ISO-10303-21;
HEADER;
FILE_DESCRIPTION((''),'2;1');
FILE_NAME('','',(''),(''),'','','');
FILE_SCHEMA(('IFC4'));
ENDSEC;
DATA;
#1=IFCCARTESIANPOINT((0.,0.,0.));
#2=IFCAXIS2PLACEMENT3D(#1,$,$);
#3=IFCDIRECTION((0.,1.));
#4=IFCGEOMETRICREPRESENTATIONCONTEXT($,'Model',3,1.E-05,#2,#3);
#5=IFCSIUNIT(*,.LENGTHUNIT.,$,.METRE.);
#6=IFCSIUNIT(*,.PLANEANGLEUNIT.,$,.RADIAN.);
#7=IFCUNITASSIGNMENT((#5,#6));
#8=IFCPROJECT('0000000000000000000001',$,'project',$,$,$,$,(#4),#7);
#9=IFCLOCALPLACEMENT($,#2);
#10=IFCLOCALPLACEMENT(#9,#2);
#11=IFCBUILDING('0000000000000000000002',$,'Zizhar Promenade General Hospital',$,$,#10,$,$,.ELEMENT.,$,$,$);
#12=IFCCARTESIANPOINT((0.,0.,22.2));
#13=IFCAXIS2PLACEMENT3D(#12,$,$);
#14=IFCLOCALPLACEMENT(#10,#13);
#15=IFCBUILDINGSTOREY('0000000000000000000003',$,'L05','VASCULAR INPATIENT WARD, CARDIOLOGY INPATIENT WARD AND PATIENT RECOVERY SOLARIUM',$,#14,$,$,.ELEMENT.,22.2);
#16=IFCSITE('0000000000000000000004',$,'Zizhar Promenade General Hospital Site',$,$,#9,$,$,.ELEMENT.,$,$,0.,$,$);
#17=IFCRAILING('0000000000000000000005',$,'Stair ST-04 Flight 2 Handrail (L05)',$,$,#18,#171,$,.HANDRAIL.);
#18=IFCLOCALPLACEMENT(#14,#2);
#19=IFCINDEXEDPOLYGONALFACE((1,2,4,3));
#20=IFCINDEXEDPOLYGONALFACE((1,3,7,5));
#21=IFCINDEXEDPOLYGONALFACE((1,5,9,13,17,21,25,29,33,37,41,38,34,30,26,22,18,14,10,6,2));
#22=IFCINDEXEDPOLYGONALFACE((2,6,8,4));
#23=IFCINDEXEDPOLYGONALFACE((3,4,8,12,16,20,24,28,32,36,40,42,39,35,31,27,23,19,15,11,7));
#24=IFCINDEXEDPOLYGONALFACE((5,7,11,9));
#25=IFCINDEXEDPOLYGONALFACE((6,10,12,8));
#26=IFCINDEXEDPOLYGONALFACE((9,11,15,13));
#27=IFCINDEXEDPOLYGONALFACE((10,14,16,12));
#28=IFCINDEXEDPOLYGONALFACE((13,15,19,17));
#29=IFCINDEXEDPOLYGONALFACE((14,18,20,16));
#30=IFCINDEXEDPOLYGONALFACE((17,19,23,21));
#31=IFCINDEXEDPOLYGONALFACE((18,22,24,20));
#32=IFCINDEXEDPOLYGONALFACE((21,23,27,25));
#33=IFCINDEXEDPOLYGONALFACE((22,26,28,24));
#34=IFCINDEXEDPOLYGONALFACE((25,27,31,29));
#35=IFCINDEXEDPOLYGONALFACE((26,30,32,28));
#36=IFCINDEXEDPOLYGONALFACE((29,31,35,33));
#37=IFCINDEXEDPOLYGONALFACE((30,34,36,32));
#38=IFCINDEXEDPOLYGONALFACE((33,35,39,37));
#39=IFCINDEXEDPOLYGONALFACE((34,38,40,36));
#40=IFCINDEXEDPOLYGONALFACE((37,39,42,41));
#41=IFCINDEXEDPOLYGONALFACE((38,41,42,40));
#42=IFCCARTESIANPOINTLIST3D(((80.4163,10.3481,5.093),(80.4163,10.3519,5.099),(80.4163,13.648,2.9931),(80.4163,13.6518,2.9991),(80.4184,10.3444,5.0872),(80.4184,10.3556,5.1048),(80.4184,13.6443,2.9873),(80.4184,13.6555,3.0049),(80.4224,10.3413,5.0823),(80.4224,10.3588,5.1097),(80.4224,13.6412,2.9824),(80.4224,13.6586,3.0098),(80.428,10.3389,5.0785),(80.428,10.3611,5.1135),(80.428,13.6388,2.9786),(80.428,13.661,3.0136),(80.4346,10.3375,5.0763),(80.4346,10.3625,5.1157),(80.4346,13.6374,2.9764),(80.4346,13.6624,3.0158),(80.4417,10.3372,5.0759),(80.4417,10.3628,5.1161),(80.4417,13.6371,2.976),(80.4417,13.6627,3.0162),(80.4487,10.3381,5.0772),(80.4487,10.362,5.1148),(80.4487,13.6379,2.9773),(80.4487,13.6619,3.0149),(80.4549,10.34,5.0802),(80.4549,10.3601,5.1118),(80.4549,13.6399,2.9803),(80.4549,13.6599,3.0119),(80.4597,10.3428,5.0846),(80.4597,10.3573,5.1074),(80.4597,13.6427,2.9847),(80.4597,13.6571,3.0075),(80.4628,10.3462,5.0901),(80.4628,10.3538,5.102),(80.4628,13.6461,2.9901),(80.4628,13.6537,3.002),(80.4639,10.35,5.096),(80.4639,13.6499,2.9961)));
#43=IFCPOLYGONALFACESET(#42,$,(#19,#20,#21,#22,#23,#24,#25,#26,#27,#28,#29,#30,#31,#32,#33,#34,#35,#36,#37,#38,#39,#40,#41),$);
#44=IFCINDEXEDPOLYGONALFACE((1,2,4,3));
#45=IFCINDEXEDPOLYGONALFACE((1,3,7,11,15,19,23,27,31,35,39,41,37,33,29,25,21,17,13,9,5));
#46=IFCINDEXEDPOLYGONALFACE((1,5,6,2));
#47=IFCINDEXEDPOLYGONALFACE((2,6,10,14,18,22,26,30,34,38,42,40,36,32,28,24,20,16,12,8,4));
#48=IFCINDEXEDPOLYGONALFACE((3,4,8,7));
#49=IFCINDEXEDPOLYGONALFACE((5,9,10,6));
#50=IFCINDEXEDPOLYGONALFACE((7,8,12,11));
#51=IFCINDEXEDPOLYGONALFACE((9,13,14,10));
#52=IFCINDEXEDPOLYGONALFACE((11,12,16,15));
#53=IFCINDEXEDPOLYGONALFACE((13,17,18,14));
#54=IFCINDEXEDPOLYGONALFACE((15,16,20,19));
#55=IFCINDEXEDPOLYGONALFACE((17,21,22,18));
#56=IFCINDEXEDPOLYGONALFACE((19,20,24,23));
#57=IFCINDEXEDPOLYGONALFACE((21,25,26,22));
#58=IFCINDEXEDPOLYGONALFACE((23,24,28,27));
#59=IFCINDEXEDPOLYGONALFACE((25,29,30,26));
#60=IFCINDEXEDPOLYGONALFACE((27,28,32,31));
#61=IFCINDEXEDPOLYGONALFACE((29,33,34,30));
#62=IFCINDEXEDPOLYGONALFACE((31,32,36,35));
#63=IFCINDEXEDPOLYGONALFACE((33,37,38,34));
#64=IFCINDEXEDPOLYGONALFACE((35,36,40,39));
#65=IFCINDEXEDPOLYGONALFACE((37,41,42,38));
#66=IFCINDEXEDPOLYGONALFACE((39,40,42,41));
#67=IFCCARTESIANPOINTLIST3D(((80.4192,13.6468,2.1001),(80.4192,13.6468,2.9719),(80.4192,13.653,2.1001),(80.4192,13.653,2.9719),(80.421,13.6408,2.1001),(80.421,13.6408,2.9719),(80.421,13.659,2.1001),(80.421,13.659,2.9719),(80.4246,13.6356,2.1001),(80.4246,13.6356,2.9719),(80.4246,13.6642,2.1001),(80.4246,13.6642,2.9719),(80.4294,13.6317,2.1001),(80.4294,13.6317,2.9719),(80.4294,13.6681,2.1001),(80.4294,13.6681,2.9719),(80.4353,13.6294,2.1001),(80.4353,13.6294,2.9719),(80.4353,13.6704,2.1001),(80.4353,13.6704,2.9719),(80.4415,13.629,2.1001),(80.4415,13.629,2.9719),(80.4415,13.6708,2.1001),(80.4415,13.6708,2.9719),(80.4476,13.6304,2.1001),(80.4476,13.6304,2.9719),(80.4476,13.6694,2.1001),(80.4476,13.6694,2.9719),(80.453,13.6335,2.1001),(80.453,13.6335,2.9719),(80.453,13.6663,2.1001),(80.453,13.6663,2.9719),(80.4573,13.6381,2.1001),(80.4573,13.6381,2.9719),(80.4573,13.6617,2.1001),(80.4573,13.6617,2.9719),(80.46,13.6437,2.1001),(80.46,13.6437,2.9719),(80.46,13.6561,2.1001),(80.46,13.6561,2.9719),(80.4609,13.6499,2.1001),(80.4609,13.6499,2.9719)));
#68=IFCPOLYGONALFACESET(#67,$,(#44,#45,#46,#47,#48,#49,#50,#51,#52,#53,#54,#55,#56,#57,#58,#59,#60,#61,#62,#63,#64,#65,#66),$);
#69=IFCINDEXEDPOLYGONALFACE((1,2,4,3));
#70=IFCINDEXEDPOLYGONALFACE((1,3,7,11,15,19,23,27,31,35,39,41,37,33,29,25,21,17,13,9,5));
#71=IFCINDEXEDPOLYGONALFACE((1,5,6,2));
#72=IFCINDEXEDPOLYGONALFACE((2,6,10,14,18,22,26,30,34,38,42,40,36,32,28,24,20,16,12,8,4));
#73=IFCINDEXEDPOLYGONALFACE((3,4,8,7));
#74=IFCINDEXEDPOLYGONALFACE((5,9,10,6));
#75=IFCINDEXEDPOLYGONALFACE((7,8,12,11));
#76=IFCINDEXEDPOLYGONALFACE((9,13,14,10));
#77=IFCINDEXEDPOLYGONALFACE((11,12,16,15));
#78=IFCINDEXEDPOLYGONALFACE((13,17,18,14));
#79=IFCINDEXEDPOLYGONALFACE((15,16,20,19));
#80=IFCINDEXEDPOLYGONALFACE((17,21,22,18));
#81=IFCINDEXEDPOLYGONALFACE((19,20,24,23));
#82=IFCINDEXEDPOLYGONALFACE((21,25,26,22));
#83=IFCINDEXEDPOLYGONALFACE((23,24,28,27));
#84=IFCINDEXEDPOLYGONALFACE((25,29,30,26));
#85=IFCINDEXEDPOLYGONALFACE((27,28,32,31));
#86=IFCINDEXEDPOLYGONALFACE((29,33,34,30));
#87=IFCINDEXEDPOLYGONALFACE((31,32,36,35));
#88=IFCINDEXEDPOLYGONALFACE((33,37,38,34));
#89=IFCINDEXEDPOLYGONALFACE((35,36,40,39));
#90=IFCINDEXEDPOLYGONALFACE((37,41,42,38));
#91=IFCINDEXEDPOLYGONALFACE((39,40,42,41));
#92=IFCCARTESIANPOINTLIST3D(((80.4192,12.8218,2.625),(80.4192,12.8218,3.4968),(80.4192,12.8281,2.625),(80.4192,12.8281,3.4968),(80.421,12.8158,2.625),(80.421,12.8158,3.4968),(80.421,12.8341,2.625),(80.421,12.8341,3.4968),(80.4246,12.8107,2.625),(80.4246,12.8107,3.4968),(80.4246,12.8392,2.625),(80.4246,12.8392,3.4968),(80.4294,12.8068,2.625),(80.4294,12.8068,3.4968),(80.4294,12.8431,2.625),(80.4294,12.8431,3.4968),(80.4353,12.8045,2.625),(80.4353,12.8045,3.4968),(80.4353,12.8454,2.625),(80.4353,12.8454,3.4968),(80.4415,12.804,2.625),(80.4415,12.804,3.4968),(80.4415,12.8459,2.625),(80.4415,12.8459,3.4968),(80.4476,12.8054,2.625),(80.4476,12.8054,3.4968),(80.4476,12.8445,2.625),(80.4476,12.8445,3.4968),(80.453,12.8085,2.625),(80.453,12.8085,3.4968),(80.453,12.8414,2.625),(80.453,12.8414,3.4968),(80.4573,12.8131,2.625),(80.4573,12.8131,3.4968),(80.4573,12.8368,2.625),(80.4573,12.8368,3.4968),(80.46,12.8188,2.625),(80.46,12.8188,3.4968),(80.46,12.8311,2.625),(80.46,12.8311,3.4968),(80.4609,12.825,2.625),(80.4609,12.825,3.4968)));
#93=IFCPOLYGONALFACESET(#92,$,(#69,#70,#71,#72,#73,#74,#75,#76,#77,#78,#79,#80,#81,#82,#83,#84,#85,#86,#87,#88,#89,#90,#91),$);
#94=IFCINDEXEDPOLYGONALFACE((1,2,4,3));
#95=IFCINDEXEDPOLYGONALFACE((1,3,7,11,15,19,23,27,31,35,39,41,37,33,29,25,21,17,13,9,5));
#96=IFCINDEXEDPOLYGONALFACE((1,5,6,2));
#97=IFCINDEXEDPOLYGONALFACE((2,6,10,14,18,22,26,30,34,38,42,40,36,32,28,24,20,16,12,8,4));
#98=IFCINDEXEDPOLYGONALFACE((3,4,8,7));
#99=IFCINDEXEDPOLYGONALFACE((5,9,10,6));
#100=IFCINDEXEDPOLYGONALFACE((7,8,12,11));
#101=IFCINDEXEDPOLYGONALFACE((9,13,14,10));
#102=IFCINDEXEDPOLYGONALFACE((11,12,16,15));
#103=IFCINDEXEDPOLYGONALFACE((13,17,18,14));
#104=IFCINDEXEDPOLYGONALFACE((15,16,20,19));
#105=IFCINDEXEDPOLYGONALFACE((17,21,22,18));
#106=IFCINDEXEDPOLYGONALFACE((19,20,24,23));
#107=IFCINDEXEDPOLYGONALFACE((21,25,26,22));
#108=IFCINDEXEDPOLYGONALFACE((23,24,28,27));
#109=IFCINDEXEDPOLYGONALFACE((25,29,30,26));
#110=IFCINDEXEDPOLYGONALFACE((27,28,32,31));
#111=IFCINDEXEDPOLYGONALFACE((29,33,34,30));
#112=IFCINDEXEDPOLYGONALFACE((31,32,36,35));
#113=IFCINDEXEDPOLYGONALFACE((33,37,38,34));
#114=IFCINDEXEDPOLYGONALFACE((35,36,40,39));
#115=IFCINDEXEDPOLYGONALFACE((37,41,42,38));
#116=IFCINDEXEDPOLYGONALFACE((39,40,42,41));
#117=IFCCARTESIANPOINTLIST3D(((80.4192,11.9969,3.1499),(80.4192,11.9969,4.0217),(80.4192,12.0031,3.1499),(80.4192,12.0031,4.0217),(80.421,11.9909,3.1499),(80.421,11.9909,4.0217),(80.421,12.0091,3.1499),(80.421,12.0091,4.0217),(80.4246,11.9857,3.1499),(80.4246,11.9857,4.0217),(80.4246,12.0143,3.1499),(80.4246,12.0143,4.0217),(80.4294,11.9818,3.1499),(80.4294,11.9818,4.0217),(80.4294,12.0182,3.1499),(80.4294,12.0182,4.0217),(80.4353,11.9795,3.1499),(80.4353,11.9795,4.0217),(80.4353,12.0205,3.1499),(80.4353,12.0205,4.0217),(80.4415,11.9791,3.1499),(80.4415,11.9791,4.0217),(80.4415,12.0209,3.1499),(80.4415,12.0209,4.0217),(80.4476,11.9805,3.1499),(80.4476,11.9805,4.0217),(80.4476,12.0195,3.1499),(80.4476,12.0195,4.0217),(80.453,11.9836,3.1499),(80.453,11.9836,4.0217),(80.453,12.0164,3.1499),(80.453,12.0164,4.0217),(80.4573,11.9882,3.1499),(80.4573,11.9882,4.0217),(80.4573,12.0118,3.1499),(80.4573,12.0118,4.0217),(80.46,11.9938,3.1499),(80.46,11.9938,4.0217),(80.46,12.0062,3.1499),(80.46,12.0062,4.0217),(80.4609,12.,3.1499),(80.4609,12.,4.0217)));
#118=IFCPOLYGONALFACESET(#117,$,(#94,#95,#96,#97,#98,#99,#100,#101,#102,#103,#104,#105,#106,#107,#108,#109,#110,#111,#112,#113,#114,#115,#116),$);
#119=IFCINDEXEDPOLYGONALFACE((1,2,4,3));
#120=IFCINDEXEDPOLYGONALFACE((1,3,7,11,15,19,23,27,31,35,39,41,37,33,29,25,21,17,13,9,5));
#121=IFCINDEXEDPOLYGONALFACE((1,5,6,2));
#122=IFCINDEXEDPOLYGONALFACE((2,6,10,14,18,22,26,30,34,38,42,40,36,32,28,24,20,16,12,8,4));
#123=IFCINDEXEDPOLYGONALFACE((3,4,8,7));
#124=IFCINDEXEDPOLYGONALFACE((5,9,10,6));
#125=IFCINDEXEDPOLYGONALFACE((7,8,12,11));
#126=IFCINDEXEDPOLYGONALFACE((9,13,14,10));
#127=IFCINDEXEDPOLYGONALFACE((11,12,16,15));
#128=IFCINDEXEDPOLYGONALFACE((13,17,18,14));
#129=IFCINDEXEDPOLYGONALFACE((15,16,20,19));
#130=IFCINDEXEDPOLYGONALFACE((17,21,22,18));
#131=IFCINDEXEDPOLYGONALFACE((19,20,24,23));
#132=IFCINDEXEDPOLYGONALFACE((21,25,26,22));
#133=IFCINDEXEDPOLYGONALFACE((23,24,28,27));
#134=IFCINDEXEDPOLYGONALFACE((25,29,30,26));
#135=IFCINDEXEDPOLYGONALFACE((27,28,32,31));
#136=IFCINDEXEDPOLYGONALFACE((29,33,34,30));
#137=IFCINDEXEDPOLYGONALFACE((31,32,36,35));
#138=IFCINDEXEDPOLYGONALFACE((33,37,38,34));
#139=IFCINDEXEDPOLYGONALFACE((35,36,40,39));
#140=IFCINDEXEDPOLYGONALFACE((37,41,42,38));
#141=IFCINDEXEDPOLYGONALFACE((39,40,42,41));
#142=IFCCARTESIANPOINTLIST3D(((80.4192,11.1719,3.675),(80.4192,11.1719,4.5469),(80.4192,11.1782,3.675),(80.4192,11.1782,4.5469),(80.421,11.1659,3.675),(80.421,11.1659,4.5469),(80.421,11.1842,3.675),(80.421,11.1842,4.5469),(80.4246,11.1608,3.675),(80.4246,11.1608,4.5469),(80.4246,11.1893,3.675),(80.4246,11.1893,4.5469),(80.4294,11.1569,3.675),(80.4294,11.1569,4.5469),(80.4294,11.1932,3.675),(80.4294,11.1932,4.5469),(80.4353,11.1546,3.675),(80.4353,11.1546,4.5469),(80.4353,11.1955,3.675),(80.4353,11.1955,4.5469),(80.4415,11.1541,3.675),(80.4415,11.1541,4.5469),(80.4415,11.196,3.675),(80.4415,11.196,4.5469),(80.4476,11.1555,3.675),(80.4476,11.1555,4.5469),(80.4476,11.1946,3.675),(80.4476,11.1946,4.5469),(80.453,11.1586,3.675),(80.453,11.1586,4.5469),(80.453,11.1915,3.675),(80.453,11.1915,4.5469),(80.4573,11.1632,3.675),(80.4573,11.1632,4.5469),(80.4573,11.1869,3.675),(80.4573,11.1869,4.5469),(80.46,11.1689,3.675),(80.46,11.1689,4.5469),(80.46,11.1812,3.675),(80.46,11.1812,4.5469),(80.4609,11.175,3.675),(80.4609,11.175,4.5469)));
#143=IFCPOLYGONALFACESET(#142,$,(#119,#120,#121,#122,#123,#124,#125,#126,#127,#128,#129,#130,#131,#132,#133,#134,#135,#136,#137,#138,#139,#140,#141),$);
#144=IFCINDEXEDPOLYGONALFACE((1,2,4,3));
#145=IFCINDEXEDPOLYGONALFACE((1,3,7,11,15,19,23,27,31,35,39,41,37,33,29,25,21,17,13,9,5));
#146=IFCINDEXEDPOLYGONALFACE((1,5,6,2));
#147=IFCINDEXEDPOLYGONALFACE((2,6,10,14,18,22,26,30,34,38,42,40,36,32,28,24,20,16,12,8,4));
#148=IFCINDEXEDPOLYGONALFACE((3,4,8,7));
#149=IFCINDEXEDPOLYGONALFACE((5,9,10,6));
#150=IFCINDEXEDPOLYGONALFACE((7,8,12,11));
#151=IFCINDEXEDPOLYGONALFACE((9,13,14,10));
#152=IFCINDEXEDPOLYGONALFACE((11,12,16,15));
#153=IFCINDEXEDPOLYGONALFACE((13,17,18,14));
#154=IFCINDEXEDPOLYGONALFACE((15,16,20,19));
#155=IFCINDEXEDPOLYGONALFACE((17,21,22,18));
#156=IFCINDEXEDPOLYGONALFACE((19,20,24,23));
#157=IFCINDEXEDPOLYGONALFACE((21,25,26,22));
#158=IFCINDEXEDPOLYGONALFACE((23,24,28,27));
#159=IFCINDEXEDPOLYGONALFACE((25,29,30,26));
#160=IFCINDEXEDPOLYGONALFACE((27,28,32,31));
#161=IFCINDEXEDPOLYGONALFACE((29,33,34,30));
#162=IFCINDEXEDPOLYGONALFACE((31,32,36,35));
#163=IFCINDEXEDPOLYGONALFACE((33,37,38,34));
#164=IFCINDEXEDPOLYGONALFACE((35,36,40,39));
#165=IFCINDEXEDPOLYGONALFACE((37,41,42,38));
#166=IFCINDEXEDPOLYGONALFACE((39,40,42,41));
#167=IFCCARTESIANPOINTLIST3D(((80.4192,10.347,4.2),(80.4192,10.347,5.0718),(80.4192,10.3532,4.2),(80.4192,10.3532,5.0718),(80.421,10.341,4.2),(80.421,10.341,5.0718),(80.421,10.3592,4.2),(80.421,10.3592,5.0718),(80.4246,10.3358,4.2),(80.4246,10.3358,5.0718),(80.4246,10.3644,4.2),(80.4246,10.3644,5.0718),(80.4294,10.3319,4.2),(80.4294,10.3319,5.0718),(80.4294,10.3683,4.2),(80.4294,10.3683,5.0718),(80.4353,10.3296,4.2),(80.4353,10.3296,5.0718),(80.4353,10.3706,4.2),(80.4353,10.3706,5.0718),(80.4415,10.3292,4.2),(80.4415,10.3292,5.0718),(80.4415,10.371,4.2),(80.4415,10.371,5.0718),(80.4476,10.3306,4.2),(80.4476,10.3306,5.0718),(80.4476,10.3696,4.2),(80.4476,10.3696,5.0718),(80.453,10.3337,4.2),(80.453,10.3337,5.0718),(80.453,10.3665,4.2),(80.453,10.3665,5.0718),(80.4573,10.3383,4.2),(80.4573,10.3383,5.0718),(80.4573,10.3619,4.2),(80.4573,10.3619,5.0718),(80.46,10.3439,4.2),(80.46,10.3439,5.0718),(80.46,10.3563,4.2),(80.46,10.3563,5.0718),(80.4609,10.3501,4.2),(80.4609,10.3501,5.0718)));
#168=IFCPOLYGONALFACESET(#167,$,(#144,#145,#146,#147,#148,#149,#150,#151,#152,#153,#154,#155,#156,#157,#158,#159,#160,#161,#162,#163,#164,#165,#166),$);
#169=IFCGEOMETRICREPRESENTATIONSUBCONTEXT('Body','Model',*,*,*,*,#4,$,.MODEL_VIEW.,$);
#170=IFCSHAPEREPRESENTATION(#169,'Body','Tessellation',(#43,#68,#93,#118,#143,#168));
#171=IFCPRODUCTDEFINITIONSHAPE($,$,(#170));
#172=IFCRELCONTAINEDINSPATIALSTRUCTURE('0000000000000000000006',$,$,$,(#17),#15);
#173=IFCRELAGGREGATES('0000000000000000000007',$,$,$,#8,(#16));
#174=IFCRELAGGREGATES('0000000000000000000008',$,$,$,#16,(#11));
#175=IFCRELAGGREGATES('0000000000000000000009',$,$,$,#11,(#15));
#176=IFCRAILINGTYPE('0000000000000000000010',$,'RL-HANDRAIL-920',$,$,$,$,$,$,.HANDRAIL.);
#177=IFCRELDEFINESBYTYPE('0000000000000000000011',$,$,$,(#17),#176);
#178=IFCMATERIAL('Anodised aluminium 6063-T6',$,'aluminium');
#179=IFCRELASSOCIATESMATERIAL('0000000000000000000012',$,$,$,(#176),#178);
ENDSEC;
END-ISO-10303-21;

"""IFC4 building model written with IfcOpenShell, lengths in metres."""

from ifc_helpers import new_model, si_unit, direction, frame, origin, origin_2d, place, context, subcontext, project, spatial, circle, hollow_circle, extrude, material, material_profile, profile_set, type_object, element, save


model = new_model("IFC4")

# Units and contexts
model_context = context("Model", 3, precision=1e-05, world=origin(), true_north=direction((0.0, 1.0)))
body_context = subcontext(model_context, "Body", "Model", "MODEL_VIEW")
ifc_project = project(units=[si_unit("LENGTHUNIT", "METRE"), si_unit("PLANEANGLEUNIT", "RADIAN")], contexts=[model_context])

# Site, building, storey
site_placement = place(None, origin())
site = spatial("IfcSite", under=ifc_project, at=site_placement, Name="Zizhar Promenade General Hospital Site", CompositionType="ELEMENT", RefElevation=0.0)
building_placement = place(site_placement, origin())
building = spatial("IfcBuilding", under=site, at=building_placement, Name="Zizhar Promenade General Hospital", CompositionType="ELEMENT")
storey_placement = place(building_placement, frame((0.0, 0.0, 22.2)))
storey = spatial("IfcBuildingStorey", under=building, at=storey_placement, Name="L05", Description="VASCULAR INPATIENT WARD, CARDIOLOGY INPATIENT WARD AND PATIENT RECOVERY SOLARIUM", CompositionType="ELEMENT", Elevation=22.2)

# Railing
ifc_material_1 = material(Name="Anodised aluminium 6063-T6", Category="aluminium")
ifc_material_profile_1 = material_profile(ifc_material_1, hollow_circle(Radius=0.0698, WallThickness=0.0063, at=origin_2d()))
ifc_profile_set_1 = profile_set([ifc_material_profile_1], Name="Anodised aluminium 6063-T6")
railing_type_1 = type_object("IfcRailingType", Name="RL-HANDRAIL-920", PredefinedType="HANDRAIL", material=ifc_profile_set_1)
railing_1_placement = place(storey_placement, frame((80.4399, 13.6499, 2.1001)))
element("IfcRailing", 1, at=railing_1_placement, inside=storey, type_object=railing_type_1, Name="Stair ST-04 Flight 2 Handrail (L05)", PredefinedType="HANDRAIL", context=body_context, shape_type="SweptSolid", body=[
    extrude(circle(Radius=0.0239, at=origin_2d()), frame((0.0, 0.0, 0.896), z_axis=(0.0, -0.843664, 0.536871), x_axis=(1.0, 0.0, 0.0)), (0.0, 0.0, 1.0), 3.9114),
    extrude(circle(Radius=0.021, at=origin_2d()), origin(), (0.0, 0.0, 1.0), 0.8718),
    extrude(circle(Radius=0.021, at=origin_2d()), frame((0.0, -0.825, 0.5249)), (0.0, 0.0, 1.0), 0.8718),
    extrude(circle(Radius=0.021, at=origin_2d()), frame((0.0, -1.6499, 1.0498)), (0.0, 0.0, 1.0), 0.8718),
    extrude(circle(Radius=0.021, at=origin_2d()), frame((0.0, -2.4749, 1.575)), (0.0, 0.0, 1.0), 0.8718),
    extrude(circle(Radius=0.021, at=origin_2d()), frame((0.0, -3.2998, 2.0999)), (0.0, 0.0, 1.0), 0.8718),
])

save(model, "model.ifc")
